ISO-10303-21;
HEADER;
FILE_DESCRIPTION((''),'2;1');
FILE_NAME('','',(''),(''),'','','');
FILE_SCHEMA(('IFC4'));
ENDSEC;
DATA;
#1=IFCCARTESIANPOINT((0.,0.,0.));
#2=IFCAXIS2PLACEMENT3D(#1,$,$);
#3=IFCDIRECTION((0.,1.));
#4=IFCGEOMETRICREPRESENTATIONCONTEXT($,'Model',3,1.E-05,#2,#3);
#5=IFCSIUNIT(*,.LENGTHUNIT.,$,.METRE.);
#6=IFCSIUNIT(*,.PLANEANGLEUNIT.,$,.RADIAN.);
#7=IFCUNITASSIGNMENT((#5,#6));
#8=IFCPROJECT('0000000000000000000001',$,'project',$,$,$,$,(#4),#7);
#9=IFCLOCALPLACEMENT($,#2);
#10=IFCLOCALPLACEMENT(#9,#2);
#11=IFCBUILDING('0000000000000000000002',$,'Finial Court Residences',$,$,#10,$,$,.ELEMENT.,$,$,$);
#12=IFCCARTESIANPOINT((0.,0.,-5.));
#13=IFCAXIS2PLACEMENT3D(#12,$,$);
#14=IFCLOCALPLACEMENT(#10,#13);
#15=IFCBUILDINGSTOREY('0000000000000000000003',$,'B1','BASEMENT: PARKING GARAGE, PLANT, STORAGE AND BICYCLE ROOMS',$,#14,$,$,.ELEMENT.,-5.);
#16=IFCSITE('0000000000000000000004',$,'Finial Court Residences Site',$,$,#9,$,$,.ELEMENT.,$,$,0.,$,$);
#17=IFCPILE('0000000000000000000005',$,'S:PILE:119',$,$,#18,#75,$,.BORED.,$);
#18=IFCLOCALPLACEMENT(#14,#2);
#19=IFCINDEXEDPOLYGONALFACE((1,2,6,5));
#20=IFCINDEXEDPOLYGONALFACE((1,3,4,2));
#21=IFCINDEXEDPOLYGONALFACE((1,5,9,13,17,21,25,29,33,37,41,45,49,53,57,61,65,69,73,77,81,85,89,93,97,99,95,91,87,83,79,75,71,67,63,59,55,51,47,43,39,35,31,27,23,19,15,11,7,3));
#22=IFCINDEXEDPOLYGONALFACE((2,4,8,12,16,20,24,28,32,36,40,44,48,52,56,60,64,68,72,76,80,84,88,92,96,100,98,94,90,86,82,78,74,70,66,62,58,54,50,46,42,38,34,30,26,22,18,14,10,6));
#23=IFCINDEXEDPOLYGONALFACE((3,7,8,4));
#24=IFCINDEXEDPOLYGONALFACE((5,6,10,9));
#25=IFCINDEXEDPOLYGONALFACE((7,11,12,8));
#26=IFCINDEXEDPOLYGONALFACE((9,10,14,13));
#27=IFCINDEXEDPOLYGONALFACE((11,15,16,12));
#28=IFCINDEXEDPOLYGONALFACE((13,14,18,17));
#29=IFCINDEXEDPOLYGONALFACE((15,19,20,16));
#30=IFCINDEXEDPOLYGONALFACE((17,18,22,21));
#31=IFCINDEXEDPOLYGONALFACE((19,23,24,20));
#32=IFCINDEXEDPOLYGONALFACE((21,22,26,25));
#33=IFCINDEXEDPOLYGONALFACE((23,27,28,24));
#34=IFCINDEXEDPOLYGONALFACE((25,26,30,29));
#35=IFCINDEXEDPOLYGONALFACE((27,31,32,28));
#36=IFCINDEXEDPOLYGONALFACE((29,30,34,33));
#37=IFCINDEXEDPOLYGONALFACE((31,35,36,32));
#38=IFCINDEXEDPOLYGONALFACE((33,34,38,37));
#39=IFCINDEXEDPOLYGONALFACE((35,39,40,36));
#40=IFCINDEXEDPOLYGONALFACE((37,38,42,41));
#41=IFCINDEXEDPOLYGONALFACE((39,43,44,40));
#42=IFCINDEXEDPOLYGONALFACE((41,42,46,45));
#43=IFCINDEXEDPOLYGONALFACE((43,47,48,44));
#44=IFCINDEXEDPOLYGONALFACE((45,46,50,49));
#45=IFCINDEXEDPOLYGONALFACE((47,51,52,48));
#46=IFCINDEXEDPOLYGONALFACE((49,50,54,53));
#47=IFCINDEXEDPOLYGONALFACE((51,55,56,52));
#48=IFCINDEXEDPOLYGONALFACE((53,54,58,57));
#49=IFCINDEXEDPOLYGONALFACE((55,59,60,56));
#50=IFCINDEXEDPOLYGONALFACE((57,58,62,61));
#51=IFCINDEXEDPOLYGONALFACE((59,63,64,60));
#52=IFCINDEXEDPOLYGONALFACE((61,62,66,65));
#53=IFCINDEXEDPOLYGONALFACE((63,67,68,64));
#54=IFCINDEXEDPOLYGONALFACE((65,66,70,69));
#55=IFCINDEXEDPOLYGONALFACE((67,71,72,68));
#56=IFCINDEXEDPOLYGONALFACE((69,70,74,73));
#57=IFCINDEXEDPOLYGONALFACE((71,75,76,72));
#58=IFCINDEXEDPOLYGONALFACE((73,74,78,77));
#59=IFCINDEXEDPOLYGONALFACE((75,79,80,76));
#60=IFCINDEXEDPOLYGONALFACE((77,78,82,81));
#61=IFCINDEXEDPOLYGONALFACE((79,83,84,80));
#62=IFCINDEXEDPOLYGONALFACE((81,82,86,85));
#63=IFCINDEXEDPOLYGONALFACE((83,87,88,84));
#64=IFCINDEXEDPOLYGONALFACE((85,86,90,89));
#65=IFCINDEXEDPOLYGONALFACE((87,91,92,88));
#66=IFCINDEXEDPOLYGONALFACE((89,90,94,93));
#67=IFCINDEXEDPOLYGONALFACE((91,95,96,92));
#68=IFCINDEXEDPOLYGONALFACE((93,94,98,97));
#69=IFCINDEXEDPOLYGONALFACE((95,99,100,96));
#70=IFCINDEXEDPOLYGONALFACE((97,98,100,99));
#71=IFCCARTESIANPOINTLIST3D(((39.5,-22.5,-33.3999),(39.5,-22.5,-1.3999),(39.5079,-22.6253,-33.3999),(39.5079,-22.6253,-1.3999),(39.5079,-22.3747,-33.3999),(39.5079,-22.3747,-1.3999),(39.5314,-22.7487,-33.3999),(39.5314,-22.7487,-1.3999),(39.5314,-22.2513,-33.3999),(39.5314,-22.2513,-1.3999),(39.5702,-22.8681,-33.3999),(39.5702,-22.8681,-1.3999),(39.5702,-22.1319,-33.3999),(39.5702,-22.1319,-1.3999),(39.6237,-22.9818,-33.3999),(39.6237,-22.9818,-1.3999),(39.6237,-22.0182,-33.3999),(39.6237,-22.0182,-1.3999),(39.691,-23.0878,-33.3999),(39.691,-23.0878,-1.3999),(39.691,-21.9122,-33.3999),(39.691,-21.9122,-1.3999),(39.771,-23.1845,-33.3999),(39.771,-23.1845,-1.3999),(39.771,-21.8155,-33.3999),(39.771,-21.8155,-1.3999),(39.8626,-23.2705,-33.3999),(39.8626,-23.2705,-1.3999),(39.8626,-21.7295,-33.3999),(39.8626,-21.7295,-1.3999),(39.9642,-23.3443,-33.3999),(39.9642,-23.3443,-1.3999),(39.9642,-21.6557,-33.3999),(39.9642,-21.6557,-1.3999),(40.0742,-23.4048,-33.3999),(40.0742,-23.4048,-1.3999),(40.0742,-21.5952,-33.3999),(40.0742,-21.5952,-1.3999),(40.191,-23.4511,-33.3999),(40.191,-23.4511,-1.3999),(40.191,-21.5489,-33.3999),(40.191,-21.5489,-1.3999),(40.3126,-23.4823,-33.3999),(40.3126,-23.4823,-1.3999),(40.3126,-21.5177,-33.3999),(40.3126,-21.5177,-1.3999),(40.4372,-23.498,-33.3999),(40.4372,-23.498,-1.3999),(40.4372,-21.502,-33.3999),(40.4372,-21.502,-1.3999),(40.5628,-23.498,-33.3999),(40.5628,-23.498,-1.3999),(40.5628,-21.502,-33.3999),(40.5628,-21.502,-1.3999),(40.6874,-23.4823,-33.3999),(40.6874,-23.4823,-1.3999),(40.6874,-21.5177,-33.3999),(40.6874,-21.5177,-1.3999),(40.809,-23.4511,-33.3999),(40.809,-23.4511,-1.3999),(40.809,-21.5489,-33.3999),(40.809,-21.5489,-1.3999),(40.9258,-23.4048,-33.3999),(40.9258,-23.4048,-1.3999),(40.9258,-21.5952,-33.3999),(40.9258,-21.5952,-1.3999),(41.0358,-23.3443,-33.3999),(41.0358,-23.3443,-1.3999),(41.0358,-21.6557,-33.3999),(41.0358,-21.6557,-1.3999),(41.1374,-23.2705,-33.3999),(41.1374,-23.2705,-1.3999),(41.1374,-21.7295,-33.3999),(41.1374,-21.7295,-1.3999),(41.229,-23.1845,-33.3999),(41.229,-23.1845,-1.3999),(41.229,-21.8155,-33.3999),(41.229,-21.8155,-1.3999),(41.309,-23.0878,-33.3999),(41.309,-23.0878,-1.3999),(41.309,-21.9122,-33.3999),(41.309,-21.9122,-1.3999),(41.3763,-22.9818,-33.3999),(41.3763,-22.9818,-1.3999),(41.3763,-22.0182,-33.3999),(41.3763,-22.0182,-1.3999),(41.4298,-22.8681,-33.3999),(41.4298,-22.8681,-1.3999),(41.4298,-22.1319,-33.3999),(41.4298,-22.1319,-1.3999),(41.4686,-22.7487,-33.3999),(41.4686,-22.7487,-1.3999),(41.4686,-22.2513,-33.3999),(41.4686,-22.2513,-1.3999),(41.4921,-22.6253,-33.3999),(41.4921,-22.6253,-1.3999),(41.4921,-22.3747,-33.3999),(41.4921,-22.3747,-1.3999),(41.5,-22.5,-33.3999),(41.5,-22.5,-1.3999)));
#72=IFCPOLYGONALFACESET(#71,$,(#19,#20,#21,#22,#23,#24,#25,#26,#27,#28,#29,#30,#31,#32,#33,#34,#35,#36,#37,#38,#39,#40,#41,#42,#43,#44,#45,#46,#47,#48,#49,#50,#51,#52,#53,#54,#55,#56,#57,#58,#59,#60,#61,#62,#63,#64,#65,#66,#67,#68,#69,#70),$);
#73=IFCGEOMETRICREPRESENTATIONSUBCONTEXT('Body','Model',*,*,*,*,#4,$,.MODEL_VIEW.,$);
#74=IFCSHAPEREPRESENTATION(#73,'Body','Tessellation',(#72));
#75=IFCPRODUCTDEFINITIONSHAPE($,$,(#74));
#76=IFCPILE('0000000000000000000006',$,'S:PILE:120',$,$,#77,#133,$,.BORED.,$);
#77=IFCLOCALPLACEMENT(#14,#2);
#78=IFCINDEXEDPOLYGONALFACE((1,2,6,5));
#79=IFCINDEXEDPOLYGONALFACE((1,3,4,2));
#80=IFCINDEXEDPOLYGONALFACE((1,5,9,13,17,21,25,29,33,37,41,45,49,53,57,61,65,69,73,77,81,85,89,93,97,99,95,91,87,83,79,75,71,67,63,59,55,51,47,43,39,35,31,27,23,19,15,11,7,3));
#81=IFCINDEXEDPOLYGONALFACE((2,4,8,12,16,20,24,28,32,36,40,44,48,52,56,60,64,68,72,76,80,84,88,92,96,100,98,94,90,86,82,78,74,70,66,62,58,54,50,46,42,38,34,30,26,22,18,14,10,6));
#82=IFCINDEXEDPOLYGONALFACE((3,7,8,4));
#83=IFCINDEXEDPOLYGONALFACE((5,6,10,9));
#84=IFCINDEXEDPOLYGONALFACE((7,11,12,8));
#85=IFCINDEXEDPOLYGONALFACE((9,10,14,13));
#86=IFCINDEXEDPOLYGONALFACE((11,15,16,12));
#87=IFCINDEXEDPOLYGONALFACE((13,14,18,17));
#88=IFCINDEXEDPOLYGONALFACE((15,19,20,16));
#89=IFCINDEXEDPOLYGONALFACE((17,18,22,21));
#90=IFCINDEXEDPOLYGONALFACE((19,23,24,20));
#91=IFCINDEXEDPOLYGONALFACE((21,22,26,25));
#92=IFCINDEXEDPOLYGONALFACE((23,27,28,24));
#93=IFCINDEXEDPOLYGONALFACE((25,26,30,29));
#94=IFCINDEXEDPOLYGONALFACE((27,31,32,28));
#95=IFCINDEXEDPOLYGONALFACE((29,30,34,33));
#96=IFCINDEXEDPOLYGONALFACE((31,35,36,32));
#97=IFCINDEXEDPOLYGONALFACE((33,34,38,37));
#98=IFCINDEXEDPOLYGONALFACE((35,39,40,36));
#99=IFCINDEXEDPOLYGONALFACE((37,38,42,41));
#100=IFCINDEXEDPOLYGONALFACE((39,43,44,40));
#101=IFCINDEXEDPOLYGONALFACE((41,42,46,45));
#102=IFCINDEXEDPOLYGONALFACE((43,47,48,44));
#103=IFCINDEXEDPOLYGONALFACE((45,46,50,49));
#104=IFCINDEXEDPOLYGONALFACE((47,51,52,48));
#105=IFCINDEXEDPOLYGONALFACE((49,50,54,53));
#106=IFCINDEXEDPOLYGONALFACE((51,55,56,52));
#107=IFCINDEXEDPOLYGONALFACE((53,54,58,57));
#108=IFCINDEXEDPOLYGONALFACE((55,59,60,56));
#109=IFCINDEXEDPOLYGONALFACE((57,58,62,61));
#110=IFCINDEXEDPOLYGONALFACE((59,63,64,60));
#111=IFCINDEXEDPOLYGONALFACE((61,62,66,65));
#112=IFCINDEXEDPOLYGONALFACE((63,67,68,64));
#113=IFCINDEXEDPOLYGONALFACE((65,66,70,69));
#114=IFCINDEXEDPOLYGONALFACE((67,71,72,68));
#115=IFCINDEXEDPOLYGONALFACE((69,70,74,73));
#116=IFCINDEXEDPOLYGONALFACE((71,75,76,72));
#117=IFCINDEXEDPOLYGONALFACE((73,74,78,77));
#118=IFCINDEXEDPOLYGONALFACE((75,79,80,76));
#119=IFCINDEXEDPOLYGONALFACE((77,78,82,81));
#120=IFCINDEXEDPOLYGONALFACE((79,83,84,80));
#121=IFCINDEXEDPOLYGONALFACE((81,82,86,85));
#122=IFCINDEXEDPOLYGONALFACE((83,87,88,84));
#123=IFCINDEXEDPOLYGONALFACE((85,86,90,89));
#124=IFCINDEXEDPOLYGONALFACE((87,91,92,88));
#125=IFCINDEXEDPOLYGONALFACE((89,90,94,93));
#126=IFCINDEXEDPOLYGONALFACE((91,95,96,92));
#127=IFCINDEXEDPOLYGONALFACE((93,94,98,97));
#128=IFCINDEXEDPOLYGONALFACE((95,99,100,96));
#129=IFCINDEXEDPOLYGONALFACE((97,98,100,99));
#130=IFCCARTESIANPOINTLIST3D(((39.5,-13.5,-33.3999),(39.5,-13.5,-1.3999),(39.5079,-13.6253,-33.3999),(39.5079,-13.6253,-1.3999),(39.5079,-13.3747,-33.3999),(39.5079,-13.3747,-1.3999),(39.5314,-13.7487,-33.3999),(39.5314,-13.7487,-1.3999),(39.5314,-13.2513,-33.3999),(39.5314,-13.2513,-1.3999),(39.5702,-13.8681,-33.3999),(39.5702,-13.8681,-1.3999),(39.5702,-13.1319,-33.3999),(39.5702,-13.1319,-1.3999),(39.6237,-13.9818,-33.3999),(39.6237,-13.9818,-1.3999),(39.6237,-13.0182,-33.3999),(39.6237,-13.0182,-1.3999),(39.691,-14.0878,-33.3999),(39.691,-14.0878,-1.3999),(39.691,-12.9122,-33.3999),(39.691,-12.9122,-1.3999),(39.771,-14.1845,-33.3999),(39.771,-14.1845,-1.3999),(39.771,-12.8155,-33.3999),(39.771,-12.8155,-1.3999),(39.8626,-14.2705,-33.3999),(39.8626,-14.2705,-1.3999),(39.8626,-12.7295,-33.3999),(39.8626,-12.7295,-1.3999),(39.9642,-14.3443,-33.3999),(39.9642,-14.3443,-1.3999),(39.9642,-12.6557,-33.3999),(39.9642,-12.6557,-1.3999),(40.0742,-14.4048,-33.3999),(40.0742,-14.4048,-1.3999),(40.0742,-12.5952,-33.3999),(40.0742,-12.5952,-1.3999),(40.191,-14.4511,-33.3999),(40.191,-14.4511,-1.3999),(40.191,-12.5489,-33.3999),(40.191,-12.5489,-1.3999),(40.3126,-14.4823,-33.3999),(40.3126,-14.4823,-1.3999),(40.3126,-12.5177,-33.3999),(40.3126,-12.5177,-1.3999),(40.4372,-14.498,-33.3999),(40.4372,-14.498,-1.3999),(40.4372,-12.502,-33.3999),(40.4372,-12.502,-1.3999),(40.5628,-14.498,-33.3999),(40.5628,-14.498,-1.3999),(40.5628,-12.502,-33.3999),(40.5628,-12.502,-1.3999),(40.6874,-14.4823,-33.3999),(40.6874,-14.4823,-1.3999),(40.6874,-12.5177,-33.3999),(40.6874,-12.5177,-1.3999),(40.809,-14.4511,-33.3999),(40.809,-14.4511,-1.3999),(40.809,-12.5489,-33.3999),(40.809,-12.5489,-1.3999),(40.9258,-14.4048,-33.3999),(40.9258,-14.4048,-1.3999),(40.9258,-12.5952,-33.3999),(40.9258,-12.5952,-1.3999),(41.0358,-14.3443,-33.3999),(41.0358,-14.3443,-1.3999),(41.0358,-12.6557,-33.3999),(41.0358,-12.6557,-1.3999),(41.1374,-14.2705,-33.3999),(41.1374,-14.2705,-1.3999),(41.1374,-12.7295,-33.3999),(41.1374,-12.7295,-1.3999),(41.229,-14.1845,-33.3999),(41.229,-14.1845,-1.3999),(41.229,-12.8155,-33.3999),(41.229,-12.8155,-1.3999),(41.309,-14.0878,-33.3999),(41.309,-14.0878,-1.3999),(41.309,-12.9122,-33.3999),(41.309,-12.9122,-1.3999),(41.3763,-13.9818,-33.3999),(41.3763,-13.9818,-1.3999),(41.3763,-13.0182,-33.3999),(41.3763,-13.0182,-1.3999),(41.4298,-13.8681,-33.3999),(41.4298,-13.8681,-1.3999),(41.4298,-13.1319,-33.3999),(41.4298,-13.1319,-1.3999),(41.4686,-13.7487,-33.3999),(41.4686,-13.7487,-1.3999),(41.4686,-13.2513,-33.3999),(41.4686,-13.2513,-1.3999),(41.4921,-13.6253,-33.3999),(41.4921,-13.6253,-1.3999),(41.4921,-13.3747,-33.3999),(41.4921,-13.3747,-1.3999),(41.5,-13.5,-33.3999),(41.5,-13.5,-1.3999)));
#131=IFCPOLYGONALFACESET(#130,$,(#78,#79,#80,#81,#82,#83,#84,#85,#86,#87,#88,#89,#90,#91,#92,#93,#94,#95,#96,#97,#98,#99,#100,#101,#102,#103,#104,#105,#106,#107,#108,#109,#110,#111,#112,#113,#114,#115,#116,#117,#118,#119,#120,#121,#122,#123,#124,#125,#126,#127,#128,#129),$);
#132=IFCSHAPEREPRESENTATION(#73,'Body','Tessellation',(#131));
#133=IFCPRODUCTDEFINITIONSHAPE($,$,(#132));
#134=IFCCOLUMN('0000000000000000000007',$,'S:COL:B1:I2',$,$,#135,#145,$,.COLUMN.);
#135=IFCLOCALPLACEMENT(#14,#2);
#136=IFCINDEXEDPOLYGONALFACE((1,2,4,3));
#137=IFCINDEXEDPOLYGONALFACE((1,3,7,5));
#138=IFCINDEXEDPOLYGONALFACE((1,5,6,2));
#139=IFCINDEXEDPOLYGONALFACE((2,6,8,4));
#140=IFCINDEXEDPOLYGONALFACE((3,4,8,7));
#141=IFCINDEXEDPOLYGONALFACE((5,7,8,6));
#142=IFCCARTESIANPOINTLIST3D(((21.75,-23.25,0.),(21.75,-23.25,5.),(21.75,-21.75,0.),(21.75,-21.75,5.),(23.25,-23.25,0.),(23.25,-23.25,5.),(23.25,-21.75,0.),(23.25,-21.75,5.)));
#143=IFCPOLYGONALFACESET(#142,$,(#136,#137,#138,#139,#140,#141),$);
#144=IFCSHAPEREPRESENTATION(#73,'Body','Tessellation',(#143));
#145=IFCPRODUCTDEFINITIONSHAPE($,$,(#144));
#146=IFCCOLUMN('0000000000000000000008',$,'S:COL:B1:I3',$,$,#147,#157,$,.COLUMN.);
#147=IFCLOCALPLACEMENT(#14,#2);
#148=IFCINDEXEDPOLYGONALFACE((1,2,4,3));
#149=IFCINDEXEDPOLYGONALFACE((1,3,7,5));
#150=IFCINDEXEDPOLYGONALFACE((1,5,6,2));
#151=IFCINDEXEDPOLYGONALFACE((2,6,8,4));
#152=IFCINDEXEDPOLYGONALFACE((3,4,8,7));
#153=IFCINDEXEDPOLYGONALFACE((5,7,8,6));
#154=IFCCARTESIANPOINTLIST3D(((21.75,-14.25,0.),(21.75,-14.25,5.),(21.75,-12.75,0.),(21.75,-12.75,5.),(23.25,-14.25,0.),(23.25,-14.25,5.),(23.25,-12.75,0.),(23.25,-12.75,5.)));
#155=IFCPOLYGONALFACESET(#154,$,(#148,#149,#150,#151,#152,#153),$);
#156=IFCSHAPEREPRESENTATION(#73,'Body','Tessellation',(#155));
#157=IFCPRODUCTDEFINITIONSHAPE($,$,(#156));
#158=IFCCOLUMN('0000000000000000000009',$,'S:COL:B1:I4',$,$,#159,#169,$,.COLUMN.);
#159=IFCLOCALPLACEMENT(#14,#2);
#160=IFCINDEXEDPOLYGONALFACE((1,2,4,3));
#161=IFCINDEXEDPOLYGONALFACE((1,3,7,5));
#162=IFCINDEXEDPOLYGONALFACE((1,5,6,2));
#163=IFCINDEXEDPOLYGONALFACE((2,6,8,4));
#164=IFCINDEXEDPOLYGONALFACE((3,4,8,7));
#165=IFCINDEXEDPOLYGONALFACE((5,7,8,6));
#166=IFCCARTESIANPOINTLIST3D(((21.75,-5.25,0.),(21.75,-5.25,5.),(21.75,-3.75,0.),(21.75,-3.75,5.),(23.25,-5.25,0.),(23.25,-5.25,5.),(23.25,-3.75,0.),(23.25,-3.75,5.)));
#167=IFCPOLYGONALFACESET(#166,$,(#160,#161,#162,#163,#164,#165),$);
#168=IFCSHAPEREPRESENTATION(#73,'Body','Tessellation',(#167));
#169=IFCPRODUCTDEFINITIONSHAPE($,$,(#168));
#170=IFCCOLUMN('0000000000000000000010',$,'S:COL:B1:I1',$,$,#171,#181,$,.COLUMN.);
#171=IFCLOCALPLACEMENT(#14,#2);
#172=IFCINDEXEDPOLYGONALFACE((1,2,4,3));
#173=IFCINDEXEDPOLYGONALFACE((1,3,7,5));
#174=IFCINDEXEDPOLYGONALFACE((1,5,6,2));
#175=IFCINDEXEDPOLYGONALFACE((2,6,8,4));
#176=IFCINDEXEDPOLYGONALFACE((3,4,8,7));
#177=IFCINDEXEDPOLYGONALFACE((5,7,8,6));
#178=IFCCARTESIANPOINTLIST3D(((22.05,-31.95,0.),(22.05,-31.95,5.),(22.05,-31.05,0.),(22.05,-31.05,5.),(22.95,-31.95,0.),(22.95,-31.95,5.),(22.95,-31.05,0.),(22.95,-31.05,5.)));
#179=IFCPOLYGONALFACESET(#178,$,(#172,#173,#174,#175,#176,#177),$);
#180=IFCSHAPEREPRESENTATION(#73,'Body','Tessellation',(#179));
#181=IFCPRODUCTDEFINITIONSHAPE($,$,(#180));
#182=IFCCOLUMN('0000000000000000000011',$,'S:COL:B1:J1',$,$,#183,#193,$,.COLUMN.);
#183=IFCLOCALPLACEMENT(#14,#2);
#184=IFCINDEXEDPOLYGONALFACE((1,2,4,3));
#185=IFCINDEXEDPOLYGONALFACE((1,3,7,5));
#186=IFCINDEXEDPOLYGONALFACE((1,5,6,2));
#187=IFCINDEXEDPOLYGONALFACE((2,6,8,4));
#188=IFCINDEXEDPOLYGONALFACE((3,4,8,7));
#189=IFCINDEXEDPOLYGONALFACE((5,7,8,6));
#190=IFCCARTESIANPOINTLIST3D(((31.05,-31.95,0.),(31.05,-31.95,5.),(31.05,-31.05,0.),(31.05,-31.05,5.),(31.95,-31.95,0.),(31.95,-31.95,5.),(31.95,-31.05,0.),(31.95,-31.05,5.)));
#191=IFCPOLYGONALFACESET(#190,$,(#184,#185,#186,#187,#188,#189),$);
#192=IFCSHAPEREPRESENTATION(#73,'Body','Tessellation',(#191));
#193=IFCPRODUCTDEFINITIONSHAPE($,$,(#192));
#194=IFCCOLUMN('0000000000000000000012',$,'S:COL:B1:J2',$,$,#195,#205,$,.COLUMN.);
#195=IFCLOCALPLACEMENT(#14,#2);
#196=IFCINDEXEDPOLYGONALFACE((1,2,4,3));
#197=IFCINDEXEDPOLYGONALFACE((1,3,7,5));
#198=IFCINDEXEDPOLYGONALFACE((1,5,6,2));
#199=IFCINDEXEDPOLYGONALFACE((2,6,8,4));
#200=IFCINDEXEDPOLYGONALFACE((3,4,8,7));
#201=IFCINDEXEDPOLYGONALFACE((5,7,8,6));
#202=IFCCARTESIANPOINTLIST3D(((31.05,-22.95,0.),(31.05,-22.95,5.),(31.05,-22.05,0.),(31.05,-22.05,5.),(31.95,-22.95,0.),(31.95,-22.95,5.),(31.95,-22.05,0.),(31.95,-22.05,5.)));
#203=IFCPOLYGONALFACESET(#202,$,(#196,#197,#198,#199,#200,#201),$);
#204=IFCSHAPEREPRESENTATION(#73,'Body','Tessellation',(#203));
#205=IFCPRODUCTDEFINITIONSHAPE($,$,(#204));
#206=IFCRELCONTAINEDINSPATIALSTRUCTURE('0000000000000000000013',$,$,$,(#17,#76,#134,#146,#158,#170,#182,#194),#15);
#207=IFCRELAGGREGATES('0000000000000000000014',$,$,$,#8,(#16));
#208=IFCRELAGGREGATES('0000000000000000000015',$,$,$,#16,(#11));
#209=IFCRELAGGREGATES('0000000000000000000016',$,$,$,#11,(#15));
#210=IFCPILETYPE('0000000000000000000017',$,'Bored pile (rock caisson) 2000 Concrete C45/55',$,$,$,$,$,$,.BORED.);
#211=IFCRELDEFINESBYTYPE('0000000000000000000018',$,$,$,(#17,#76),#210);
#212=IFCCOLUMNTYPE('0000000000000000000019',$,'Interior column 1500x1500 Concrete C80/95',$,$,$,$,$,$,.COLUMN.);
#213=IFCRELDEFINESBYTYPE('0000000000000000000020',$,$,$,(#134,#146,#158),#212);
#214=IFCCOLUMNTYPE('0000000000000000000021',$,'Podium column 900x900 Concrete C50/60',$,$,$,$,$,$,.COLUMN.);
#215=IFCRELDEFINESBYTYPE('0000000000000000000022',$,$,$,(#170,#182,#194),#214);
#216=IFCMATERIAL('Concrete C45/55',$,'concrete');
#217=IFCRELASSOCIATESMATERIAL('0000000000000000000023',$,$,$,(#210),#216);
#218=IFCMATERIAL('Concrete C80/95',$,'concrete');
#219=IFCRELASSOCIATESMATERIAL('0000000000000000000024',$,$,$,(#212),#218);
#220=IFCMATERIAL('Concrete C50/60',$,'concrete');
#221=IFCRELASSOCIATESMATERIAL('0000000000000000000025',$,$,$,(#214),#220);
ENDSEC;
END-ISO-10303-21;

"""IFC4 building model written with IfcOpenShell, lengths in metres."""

from ifc_helpers import new_model, si_unit, direction, frame, origin, origin_2d, place, context, subcontext, project, spatial, rectangle, circle, extrude, material, material_profile, profile_set, type_object, element, save


model = new_model("IFC4")

# Units and contexts
model_context = context("Model", 3, precision=1e-05, world=origin(), true_north=direction((0.0, 1.0)))
body_context = subcontext(model_context, "Body", "Model", "MODEL_VIEW")
ifc_project = project(units=[si_unit("LENGTHUNIT", "METRE"), si_unit("PLANEANGLEUNIT", "RADIAN")], contexts=[model_context])

# Site, building, storey
site_placement = place(None, origin())
site = spatial("IfcSite", under=ifc_project, at=site_placement, Name="Finial Court Residences Site", CompositionType="ELEMENT", RefElevation=0.0)
building_placement = place(site_placement, origin())
building = spatial("IfcBuilding", under=site, at=building_placement, Name="Finial Court Residences", CompositionType="ELEMENT")
storey_placement = place(building_placement, frame((0.0, 0.0, -5.0)))
storey = spatial("IfcBuildingStorey", under=building, at=storey_placement, Name="B1", Description="BASEMENT: PARKING GARAGE, PLANT, STORAGE AND BICYCLE ROOMS", CompositionType="ELEMENT", Elevation=-5.0)

# Piles
ifc_material_1 = material(Name="Concrete C45/55", Category="concrete")
ifc_material_profile_1 = material_profile(ifc_material_1, circle(Radius=1.0, at=origin_2d()), Name="D2000")
ifc_profile_set_1 = profile_set([ifc_material_profile_1], Name="Concrete C45/55")
pile_type = type_object("IfcPileType", Name="Bored pile (rock caisson) 2000 Concrete C45/55", PredefinedType="BORED", material=ifc_profile_set_1)
for number, where, z_axis, x_axis, name in (
    (1, (40.5, -22.5, -1.3999), (0.0, 0.0, -1.0), (1.0, 0.0, 0.0), "S:PILE:119"),
    (2, (40.5, -13.5, -1.3999), (0.0, 0.0, -1.0), (1.0, 0.0, 0.0), "S:PILE:120"),
):
    element("IfcPile", number, at=place(storey_placement, frame(where, z_axis=z_axis, x_axis=x_axis)), inside=storey, type_object=pile_type, Name=name, PredefinedType="BORED", context=body_context, shape_type="SweptSolid", body=[
        extrude(circle(Radius=1.0, at=origin_2d()), origin(), (0.0, 0.0, 1.0), 32.0),
    ])

# Columns
ifc_material_2 = material(Name="Concrete C80/95", Category="concrete")
ifc_material_profile_2 = material_profile(ifc_material_2, rectangle(XDim=1.5, YDim=1.5, at=origin_2d()), Name="1500x1500")
ifc_profile_set_2 = profile_set([ifc_material_profile_2], Name="Concrete C80/95")
column_type_1 = type_object("IfcColumnType", Name="Interior column 1500x1500 Concrete C80/95", PredefinedType="COLUMN", material=ifc_profile_set_2)
for number, where, z_axis, x_axis, name in (
    (3, (22.5, -22.5, 0.0), (0.0, 0.0, 1.0), (1.0, 0.0, 0.0), "S:COL:B1:I2"),
    (4, (22.5, -13.5, 0.0), (0.0, 0.0, 1.0), (1.0, 0.0, 0.0), "S:COL:B1:I3"),
    (5, (22.5, -4.5, 0.0), (0.0, 0.0, 1.0), (1.0, 0.0, 0.0), "S:COL:B1:I4"),
):
    element("IfcColumn", number, at=place(storey_placement, frame(where, z_axis=z_axis, x_axis=x_axis)), inside=storey, type_object=column_type_1, Name=name, PredefinedType="COLUMN", context=body_context, shape_type="SweptSolid", body=[
        extrude(rectangle(XDim=1.5, YDim=1.5, at=origin_2d()), origin(), (0.0, 0.0, 1.0), 5.0),
    ])
ifc_material_3 = material(Name="Concrete C50/60", Category="concrete")
ifc_material_profile_3 = material_profile(ifc_material_3, rectangle(XDim=0.8999, YDim=0.8999, at=origin_2d()), Name="900x900")
ifc_profile_set_3 = profile_set([ifc_material_profile_3], Name="Concrete C50/60")
column_type_2 = type_object("IfcColumnType", Name="Podium column 900x900 Concrete C50/60", PredefinedType="COLUMN", material=ifc_profile_set_3)
for number, where, z_axis, x_axis, name in (
    (6, (22.5, -31.5, 0.0), (0.0, 0.0, 1.0), (1.0, 0.0, 0.0), "S:COL:B1:I1"),
    (7, (31.5, -31.5, 0.0), (0.0, 0.0, 1.0), (1.0, 0.0, 0.0), "S:COL:B1:J1"),
    (8, (31.5, -22.5, 0.0), (0.0, 0.0, 1.0), (1.0, 0.0, 0.0), "S:COL:B1:J2"),
):
    element("IfcColumn", number, at=place(storey_placement, frame(where, z_axis=z_axis, x_axis=x_axis)), inside=storey, type_object=column_type_2, Name=name, PredefinedType="COLUMN", context=body_context, shape_type="SweptSolid", body=[
        extrude(rectangle(XDim=0.8999, YDim=0.8999, at=origin_2d()), origin(), (0.0, 0.0, 1.0), 5.0),
    ])

save(model, "model.ifc")
